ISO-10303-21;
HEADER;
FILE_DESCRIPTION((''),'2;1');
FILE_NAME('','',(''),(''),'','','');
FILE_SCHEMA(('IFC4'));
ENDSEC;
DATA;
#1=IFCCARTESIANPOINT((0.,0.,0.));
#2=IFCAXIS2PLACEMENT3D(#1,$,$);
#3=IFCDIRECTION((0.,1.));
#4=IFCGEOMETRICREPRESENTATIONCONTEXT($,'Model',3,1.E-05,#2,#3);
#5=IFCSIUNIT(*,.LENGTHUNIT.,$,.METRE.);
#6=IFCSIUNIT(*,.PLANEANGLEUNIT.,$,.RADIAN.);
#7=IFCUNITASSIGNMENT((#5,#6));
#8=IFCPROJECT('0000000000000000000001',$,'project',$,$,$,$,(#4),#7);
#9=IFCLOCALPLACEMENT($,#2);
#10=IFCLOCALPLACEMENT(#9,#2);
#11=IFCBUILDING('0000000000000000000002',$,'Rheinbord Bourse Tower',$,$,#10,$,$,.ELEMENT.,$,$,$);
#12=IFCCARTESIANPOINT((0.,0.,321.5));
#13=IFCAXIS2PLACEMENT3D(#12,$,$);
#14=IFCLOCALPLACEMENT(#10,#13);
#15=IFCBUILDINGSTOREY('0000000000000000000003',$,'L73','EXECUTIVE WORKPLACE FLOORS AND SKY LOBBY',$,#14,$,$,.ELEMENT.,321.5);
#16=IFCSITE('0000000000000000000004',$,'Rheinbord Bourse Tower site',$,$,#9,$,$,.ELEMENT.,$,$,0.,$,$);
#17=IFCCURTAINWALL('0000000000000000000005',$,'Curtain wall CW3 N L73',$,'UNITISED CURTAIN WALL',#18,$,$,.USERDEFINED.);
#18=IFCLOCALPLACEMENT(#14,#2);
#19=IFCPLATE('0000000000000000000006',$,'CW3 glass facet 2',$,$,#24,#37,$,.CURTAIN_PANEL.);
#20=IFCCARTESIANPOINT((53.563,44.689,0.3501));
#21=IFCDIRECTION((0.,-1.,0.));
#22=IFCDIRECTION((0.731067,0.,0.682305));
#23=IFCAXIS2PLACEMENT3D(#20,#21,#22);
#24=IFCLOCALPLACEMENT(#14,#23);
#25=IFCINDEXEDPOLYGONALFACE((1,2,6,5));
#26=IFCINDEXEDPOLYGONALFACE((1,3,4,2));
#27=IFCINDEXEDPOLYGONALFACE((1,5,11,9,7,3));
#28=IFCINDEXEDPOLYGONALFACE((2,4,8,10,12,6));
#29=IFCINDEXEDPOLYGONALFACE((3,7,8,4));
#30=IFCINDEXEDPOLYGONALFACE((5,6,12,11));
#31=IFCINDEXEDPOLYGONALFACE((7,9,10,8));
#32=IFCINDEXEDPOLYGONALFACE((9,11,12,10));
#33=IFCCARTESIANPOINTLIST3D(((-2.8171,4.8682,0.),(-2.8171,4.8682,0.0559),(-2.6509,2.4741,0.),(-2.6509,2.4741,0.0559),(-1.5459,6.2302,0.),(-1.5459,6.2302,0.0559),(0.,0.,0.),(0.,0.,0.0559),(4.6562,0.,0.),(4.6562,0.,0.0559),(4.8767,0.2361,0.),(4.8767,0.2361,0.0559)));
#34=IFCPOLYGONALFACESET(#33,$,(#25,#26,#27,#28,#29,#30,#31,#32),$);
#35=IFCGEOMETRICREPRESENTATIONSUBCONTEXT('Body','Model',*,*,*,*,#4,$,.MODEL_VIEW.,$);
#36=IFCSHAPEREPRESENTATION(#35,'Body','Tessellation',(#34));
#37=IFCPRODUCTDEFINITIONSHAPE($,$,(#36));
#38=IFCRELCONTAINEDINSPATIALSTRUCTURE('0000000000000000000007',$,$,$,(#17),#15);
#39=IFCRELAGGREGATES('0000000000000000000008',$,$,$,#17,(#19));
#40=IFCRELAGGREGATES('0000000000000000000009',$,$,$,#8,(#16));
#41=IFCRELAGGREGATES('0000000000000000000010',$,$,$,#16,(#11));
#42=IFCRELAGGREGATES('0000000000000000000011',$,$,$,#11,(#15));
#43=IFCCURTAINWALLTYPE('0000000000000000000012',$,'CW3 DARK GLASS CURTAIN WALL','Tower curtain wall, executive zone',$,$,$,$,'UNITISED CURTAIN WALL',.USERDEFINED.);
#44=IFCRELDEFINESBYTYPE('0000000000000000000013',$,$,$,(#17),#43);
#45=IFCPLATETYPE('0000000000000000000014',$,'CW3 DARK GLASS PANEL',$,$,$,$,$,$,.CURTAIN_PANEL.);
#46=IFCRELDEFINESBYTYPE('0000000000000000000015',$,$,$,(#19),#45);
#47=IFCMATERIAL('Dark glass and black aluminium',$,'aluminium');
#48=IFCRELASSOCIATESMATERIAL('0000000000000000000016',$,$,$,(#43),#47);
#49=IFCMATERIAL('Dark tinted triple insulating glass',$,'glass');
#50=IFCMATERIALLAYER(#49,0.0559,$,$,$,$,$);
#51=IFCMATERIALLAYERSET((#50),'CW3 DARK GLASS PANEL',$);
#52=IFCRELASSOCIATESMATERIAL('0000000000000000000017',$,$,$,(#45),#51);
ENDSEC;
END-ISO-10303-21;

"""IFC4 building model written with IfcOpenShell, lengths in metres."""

from ifc_helpers import new_model, si_unit, direction, frame, origin, place, context, subcontext, project, spatial, polyline, outline, extrude, material, layer, layer_set, type_object, element, aggregate, save


model = new_model("IFC4")

# Units and contexts
model_context = context("Model", 3, precision=1e-05, world=origin(), true_north=direction((0.0, 1.0)))
body_context = subcontext(model_context, "Body", "Model", "MODEL_VIEW")
ifc_project = project(units=[si_unit("LENGTHUNIT", "METRE"), si_unit("PLANEANGLEUNIT", "RADIAN")], contexts=[model_context])

# Site, building, storey
site_placement = place(None, origin())
site = spatial("IfcSite", under=ifc_project, at=site_placement, Name="Rheinbord Bourse Tower site", CompositionType="ELEMENT", RefElevation=0.0)
building_placement = place(site_placement, origin())
building = spatial("IfcBuilding", under=site, at=building_placement, Name="Rheinbord Bourse Tower", CompositionType="ELEMENT")
storey_placement = place(building_placement, frame((0.0, 0.0, 321.5)))
storey = spatial("IfcBuildingStorey", under=building, at=storey_placement, Name="L73", Description="EXECUTIVE WORKPLACE FLOORS AND SKY LOBBY", CompositionType="ELEMENT", Elevation=321.5)

# Curtain wall
ifc_material_1 = material(Name="Dark glass and black aluminium", Category="aluminium")
curtain_wall_type = type_object("IfcCurtainWallType", Name="CW3 DARK GLASS CURTAIN WALL", Description="Tower curtain wall, executive zone", ElementType="UNITISED CURTAIN WALL", PredefinedType="USERDEFINED", material=ifc_material_1)
curtain_wall_placement = place(storey_placement, origin())
curtain_wall = element("IfcCurtainWall", 1, at=curtain_wall_placement, inside=storey, type_object=curtain_wall_type, Name="Curtain wall CW3 N L73", ObjectType="UNITISED CURTAIN WALL", PredefinedType="USERDEFINED")

# Plate
ifc_material_2 = material(Name="Dark tinted triple insulating glass", Category="glass")
ifc_layer_1 = layer(ifc_material_2, 0.0559)
ifc_layer_set_1 = layer_set([ifc_layer_1], Name="CW3 DARK GLASS PANEL")
plate_type = type_object("IfcPlateType", Name="CW3 DARK GLASS PANEL", PredefinedType="CURTAIN_PANEL", material=ifc_layer_set_1)
plate_1_placement = place(storey_placement, frame((53.563, 44.689, 0.3501), z_axis=(0.0, -1.0, 0.0), x_axis=(0.731067, 0.0, 0.682305)))
plate_1 = element("IfcPlate", 2, at=plate_1_placement, type_object=plate_type, Name="CW3 glass facet 2", PredefinedType="CURTAIN_PANEL", context=body_context, shape_type="SweptSolid", body=[
    extrude(outline(polyline([(0.0, 0.0), (4.6562, 0.0), (4.8767, 0.2361), (-1.5459, 6.2302), (-2.8171, 4.8682), (-2.6509, 2.4741), (0.0, 0.0)])), origin(), (0.0, 0.0, 1.0), 0.0559),
])
aggregate(curtain_wall, [plate_1])

save(model, "model.ifc")
